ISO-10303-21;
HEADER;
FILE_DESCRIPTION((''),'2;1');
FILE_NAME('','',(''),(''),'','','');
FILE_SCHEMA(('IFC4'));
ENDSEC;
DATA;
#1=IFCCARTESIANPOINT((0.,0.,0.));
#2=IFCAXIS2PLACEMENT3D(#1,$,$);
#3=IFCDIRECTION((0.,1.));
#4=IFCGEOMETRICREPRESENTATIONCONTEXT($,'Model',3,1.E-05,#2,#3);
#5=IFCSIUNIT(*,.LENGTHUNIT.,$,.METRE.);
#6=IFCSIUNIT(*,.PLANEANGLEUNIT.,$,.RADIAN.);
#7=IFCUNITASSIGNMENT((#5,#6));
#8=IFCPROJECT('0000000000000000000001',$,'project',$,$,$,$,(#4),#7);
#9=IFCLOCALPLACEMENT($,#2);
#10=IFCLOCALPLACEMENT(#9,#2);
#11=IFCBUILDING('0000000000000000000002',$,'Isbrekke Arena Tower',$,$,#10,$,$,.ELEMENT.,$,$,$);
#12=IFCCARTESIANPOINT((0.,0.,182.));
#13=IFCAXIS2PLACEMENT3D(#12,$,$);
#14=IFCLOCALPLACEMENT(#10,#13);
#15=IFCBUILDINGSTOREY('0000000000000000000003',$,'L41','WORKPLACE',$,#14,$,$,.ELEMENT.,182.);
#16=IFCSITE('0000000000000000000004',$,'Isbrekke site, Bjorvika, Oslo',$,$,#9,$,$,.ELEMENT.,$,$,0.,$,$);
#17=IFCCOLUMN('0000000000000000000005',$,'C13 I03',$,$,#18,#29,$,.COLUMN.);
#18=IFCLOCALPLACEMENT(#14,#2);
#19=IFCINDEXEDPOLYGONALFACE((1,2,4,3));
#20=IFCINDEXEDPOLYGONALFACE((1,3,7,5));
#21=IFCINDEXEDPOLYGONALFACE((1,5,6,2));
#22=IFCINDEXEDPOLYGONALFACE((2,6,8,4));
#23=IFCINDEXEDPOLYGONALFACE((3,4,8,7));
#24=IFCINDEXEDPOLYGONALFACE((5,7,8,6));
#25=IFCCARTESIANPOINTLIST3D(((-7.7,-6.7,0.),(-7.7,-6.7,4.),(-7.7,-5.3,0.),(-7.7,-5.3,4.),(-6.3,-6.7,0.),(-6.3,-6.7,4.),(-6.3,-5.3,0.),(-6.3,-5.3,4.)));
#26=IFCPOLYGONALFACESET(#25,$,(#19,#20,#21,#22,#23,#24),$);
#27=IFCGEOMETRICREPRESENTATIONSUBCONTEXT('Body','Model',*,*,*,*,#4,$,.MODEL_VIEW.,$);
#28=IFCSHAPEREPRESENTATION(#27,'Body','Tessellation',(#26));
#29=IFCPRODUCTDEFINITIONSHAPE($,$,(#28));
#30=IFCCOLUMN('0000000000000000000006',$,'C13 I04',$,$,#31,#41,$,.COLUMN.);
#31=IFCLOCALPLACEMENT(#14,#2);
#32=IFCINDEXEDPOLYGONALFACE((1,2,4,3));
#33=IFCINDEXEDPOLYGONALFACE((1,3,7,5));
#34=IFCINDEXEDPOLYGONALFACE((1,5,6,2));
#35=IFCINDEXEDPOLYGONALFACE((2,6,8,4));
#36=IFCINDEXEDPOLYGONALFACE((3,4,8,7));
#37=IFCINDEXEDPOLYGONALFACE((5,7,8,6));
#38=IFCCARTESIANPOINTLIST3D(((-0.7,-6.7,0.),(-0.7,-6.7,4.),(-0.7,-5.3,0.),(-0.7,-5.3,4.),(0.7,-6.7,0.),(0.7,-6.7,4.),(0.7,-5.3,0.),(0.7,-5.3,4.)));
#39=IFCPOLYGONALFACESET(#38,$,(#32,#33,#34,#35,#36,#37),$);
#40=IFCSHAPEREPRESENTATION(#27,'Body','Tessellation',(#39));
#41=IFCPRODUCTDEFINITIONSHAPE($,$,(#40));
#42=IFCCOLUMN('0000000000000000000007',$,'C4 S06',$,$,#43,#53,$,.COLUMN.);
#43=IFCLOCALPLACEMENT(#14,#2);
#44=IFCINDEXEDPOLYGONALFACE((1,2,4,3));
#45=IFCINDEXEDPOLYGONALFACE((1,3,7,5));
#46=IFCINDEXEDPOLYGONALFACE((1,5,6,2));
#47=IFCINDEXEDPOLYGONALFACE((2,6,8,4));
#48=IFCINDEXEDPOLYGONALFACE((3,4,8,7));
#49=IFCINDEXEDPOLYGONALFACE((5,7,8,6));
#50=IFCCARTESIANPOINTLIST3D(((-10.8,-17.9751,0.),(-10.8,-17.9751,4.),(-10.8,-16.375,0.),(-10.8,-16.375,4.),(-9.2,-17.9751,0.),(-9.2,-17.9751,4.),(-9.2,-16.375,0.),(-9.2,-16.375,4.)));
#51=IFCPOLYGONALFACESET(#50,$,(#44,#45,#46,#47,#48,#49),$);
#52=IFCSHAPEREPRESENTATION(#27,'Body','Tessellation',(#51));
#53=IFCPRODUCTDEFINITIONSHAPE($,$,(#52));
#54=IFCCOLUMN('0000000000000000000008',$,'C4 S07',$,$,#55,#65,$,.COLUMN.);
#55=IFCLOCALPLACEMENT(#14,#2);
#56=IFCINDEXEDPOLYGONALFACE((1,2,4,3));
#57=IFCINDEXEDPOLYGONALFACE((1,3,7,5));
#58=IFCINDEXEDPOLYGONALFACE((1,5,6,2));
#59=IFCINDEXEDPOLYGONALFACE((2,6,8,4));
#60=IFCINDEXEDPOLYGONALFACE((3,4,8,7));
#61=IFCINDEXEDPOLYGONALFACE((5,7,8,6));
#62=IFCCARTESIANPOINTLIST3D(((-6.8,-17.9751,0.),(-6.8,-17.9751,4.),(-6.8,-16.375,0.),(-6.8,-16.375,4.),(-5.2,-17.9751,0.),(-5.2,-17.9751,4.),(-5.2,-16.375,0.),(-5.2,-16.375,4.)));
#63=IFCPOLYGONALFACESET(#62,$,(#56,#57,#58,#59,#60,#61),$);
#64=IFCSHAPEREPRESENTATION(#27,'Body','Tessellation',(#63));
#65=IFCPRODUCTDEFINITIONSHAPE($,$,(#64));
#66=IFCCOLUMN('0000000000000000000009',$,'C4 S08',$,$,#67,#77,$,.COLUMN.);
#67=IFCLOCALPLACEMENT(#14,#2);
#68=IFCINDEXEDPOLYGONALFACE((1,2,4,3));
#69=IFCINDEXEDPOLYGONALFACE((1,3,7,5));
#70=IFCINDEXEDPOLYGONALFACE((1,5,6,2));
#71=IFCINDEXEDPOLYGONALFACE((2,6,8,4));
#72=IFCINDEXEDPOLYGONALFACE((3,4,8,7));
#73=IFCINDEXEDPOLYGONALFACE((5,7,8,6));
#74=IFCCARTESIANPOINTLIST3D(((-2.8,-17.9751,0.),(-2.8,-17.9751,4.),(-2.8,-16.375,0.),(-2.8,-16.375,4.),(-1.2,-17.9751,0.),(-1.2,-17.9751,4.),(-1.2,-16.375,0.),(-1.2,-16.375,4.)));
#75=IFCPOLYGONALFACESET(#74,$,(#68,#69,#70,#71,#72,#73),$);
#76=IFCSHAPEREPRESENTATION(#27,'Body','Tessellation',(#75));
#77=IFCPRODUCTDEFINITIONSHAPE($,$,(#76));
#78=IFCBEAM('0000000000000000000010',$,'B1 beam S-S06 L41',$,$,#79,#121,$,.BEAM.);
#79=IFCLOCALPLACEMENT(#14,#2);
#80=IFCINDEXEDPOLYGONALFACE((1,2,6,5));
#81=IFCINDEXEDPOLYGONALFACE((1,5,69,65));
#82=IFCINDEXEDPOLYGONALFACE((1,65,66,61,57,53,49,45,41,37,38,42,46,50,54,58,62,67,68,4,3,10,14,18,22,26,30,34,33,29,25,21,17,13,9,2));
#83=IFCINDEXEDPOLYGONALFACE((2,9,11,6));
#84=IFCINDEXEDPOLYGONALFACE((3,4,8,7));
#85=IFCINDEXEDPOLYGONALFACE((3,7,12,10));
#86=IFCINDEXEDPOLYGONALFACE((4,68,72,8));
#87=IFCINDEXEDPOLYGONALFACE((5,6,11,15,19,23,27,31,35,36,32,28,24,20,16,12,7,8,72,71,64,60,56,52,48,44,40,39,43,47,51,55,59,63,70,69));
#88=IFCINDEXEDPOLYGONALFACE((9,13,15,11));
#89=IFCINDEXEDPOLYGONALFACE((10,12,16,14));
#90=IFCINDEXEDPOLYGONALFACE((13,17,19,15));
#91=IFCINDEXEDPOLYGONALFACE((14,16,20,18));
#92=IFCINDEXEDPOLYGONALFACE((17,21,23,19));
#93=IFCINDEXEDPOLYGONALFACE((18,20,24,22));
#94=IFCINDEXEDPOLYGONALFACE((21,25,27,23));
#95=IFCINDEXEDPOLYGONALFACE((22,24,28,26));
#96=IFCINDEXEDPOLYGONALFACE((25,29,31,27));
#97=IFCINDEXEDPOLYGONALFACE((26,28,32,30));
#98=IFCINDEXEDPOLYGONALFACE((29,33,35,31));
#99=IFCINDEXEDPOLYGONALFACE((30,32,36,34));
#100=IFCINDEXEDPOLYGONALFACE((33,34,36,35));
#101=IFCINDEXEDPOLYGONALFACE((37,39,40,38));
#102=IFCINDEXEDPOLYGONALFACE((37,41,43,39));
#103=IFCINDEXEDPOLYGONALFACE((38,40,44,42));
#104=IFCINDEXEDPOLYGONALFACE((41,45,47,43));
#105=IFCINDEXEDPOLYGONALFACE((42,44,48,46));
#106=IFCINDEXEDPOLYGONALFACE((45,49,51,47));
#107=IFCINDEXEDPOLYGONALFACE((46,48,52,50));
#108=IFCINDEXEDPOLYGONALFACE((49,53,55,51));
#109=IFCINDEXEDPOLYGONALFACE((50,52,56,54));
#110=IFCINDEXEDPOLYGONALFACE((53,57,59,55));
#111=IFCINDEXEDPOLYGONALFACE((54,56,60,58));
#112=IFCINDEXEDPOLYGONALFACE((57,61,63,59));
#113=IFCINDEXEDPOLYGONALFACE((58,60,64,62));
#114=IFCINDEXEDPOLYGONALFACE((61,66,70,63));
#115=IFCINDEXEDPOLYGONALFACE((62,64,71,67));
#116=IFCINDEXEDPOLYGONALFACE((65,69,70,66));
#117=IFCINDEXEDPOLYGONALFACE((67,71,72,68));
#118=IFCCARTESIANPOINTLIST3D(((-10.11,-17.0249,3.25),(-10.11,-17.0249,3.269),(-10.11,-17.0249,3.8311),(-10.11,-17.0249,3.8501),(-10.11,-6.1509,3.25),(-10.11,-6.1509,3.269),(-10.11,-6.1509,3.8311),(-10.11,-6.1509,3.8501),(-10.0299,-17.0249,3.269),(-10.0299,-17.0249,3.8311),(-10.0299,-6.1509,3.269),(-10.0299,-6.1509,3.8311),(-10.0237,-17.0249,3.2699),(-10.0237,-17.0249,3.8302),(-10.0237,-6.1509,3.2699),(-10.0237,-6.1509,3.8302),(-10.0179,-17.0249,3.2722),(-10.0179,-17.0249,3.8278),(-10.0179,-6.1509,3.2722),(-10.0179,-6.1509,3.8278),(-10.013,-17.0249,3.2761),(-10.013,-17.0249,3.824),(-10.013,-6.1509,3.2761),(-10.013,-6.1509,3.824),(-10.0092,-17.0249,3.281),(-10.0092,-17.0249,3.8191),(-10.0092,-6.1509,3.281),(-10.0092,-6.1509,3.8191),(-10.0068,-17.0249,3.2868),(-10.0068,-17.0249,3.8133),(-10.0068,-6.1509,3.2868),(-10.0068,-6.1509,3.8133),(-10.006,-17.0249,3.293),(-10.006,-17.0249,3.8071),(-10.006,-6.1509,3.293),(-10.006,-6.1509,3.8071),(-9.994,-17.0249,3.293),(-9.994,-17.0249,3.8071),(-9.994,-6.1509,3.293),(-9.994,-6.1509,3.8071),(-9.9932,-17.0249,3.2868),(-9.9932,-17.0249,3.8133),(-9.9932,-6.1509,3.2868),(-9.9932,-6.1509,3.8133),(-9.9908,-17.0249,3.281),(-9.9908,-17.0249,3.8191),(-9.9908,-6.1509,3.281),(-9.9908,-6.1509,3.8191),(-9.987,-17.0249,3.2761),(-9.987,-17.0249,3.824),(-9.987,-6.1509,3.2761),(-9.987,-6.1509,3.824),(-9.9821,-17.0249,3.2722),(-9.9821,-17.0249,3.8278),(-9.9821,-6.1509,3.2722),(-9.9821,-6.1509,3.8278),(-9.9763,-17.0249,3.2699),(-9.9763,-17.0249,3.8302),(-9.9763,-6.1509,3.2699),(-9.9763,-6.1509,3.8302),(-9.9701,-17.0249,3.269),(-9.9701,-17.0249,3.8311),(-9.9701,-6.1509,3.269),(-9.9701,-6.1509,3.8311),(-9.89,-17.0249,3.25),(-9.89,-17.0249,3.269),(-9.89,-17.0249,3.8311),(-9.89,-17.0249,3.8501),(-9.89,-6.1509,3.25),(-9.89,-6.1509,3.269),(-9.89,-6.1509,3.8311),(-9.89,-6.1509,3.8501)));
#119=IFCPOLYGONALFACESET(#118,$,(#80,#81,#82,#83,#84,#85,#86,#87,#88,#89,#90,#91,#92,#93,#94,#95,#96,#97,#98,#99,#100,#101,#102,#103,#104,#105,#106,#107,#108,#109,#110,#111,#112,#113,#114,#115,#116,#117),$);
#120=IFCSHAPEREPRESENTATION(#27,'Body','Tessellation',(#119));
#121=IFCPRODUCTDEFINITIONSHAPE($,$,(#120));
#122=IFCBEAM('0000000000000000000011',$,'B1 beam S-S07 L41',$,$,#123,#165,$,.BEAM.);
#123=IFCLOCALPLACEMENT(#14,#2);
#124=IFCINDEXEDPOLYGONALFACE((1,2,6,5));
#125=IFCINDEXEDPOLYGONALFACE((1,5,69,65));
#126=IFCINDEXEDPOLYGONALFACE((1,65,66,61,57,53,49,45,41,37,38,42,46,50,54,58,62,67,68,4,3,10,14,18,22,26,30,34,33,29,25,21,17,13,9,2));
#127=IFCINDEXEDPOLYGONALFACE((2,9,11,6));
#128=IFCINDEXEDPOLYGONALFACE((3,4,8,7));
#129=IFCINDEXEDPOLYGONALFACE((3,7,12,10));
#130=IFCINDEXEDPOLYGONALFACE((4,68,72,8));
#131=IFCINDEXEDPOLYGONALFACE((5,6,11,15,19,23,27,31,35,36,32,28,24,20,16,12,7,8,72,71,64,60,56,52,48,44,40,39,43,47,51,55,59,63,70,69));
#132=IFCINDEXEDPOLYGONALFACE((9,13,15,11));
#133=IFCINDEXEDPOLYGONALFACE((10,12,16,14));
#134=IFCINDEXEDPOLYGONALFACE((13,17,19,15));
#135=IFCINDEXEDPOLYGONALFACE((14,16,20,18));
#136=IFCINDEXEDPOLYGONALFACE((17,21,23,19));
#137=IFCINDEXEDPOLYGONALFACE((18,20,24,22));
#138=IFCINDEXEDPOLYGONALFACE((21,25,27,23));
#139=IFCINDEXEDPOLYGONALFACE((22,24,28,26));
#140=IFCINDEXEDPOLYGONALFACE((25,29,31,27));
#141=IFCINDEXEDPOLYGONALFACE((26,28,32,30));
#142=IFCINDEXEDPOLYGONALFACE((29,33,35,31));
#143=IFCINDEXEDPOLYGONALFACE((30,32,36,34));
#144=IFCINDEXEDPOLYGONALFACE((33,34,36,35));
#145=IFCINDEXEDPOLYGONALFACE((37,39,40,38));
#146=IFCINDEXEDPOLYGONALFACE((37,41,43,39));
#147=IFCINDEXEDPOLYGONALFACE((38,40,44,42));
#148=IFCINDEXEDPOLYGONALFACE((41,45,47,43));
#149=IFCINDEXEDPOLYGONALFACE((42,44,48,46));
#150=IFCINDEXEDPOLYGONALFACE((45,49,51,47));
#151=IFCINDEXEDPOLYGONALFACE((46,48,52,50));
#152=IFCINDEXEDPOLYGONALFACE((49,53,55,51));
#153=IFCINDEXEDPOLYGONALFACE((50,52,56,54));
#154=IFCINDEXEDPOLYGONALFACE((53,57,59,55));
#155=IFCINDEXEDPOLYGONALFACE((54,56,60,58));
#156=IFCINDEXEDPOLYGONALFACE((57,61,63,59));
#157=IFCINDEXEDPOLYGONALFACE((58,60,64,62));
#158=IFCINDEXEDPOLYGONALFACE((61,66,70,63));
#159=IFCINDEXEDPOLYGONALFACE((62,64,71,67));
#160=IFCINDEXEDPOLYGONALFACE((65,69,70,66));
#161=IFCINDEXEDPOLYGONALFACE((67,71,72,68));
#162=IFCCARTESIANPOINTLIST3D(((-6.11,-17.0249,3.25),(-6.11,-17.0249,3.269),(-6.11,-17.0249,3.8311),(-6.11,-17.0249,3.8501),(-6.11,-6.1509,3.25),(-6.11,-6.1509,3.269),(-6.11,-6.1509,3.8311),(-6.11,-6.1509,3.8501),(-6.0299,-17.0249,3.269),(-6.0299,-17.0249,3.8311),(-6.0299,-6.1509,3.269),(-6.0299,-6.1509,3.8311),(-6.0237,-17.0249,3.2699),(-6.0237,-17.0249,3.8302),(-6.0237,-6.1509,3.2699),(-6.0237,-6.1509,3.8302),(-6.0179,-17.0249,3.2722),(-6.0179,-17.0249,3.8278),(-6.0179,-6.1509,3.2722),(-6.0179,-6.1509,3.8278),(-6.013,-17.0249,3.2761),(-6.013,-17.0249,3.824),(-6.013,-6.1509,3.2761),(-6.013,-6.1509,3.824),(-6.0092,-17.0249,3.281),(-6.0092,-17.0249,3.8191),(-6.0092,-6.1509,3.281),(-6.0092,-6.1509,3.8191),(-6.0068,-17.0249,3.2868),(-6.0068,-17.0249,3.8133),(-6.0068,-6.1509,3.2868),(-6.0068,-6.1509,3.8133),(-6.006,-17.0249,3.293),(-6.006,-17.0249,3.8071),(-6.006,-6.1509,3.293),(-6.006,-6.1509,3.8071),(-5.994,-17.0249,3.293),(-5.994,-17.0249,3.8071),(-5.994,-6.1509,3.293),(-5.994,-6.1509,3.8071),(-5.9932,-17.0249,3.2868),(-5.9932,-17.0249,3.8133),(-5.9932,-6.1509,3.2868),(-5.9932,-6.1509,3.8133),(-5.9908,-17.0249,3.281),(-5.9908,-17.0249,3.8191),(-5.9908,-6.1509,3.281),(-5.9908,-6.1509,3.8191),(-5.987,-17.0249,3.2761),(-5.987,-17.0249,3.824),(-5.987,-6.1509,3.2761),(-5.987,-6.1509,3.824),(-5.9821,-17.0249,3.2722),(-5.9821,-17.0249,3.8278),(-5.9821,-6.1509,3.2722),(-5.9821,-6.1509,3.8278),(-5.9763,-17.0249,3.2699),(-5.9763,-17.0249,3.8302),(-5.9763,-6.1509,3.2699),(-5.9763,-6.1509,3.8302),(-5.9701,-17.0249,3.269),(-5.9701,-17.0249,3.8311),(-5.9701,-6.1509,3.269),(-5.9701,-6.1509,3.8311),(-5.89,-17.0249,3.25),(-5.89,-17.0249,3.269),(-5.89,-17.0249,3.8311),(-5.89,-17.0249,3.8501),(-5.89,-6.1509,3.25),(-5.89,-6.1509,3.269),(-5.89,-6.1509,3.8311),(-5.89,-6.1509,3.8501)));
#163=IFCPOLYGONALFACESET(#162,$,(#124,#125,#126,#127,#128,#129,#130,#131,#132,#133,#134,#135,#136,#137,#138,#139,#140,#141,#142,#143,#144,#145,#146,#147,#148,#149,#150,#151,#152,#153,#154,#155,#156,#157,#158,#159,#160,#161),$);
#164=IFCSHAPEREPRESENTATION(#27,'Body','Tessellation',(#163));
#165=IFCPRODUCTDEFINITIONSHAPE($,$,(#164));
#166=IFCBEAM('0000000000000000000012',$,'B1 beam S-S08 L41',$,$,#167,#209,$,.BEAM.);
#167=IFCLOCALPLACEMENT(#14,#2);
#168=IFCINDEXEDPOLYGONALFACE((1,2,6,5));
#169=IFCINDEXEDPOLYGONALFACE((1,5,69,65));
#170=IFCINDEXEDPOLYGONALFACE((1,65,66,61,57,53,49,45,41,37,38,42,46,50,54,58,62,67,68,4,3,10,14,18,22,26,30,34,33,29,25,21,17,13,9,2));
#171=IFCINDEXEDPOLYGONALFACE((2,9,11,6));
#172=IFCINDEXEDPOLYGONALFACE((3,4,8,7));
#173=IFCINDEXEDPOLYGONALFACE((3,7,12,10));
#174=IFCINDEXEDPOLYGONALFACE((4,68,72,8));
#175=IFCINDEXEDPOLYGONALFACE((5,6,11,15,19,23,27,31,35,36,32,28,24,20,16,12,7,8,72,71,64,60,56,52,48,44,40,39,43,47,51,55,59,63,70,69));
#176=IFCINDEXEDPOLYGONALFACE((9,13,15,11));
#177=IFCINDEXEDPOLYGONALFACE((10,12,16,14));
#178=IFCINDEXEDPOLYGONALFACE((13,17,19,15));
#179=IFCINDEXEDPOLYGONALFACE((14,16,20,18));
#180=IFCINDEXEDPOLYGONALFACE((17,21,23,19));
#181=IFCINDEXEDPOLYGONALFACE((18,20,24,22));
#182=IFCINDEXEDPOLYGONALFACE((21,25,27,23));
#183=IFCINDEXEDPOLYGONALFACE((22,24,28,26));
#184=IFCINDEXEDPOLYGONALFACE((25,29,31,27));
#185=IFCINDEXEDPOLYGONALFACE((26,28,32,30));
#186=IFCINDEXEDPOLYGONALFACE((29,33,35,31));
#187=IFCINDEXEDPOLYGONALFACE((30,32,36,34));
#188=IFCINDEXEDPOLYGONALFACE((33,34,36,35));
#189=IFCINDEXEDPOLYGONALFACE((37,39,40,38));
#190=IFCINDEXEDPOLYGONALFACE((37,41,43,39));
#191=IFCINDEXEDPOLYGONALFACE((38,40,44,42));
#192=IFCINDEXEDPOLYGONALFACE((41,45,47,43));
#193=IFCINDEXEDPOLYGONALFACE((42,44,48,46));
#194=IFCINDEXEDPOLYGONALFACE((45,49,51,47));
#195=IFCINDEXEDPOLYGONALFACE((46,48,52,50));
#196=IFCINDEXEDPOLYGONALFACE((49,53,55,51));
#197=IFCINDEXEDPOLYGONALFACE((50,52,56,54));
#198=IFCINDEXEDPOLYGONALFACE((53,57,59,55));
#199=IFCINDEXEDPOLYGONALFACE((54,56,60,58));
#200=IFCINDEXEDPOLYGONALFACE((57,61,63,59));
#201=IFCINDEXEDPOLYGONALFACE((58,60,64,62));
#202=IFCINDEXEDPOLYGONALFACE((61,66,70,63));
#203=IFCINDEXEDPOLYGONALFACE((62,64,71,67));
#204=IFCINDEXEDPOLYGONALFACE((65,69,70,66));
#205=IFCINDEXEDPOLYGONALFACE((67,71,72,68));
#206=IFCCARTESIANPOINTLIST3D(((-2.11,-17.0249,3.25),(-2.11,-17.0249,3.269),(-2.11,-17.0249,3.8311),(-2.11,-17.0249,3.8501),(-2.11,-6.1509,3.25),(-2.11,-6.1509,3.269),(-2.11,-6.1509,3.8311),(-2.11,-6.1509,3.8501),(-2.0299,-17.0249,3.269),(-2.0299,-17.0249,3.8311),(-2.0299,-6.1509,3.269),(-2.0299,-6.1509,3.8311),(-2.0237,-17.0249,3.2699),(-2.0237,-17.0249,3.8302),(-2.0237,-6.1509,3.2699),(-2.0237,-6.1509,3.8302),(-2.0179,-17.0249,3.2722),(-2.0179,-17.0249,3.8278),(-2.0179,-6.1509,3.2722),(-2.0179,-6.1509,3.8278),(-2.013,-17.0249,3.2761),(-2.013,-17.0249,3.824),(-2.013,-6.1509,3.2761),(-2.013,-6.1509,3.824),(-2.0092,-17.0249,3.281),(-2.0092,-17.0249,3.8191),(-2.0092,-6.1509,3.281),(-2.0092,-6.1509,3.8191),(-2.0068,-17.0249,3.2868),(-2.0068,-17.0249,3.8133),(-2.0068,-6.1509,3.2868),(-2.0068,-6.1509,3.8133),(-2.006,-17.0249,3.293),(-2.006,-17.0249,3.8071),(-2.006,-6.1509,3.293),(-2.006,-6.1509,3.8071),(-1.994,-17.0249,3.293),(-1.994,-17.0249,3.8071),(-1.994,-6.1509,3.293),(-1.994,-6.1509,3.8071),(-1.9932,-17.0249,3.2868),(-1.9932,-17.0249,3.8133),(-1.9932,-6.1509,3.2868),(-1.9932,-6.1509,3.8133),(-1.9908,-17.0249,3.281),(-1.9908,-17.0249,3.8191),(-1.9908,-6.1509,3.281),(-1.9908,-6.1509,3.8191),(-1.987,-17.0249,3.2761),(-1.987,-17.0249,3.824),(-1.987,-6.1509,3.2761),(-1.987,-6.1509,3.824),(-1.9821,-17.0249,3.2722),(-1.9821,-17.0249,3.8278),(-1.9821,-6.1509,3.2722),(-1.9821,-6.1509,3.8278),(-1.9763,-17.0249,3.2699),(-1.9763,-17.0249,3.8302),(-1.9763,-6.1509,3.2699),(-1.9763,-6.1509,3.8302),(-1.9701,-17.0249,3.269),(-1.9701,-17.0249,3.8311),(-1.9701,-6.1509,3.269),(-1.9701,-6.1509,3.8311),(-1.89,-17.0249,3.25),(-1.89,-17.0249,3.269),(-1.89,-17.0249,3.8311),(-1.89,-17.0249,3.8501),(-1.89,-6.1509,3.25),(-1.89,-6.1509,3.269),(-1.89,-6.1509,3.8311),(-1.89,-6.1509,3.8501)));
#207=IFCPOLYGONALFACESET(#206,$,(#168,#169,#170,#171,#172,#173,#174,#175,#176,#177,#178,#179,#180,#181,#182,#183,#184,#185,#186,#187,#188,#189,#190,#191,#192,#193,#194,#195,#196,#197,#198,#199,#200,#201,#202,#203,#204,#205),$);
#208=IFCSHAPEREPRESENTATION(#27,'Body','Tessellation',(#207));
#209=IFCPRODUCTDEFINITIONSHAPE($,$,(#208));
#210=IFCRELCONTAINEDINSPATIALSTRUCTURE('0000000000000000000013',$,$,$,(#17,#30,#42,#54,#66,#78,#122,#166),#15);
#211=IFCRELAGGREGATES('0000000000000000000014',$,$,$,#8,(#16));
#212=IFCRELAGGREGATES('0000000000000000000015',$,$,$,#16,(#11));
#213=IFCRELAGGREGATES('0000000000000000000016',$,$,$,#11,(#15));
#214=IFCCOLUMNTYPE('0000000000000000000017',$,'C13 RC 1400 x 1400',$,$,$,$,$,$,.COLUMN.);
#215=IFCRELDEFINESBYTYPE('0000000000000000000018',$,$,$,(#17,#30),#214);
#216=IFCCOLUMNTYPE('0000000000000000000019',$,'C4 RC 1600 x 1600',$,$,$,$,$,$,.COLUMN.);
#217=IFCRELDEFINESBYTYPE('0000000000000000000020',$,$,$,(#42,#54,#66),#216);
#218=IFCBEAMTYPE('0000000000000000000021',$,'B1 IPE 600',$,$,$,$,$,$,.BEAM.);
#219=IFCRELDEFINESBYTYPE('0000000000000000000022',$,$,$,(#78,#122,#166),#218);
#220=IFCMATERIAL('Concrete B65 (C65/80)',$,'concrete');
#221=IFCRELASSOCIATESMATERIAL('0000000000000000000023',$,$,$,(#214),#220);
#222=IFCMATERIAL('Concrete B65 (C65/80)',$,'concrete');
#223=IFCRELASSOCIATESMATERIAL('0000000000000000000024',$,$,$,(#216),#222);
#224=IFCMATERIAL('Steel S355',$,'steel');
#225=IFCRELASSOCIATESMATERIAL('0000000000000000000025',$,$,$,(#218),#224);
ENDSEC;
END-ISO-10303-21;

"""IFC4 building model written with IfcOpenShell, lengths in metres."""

from ifc_helpers import new_model, si_unit, direction, frame, origin, origin_2d, place, context, subcontext, project, spatial, rectangle, i_section, extrude, material, material_profile, profile_set, type_object, element, save


model = new_model("IFC4")

# Units and contexts
model_context = context("Model", 3, precision=1e-05, world=origin(), true_north=direction((0.0, 1.0)))
body_context = subcontext(model_context, "Body", "Model", "MODEL_VIEW")
ifc_project = project(units=[si_unit("LENGTHUNIT", "METRE"), si_unit("PLANEANGLEUNIT", "RADIAN")], contexts=[model_context])

# Site, building, storey
site_placement = place(None, origin())
site = spatial("IfcSite", under=ifc_project, at=site_placement, Name="Isbrekke site, Bjorvika, Oslo", CompositionType="ELEMENT", RefElevation=0.0)
building_placement = place(site_placement, origin())
building = spatial("IfcBuilding", under=site, at=building_placement, Name="Isbrekke Arena Tower", CompositionType="ELEMENT")
storey_placement = place(building_placement, frame((0.0, 0.0, 182.0)))
storey = spatial("IfcBuildingStorey", under=building, at=storey_placement, Name="L41", Description="WORKPLACE", CompositionType="ELEMENT", Elevation=182.0)

# Columns
ifc_material_1 = material(Name="Concrete B65 (C65/80)", Category="concrete")
ifc_material_profile_1 = material_profile(ifc_material_1, rectangle(XDim=1.3999, YDim=1.3999, at=origin_2d()), Name="RC 1400x1400")
ifc_profile_set_1 = profile_set([ifc_material_profile_1], Name="Concrete B65 (C65/80)")
column_type_1 = type_object("IfcColumnType", Name="C13 RC 1400 x 1400", PredefinedType="COLUMN", material=ifc_profile_set_1)
for number, where, z_axis, x_axis, name in (
    (1, (-7.0, -6.0, 0.0), (0.0, 0.0, 1.0), (1.0, 0.0, 0.0), "C13 I03"),
    (2, (0.0, -6.0, 0.0), (0.0, 0.0, 1.0), (1.0, 0.0, 0.0), "C13 I04"),
):
    element("IfcColumn", number, at=place(storey_placement, frame(where, z_axis=z_axis, x_axis=x_axis)), inside=storey, type_object=column_type_1, Name=name, PredefinedType="COLUMN", context=body_context, shape_type="SweptSolid", body=[
        extrude(rectangle(XDim=1.3999, YDim=1.3999, at=origin_2d()), origin(), (0.0, 0.0, 1.0), 4.0),
    ])
ifc_material_2 = material(Name="Concrete B65 (C65/80)", Category="concrete")
ifc_material_profile_2 = material_profile(ifc_material_2, rectangle(XDim=1.6001, YDim=1.6001, at=origin_2d()), Name="RC 1600x1600")
ifc_profile_set_2 = profile_set([ifc_material_profile_2], Name="Concrete B65 (C65/80)")
column_type_2 = type_object("IfcColumnType", Name="C4 RC 1600 x 1600", PredefinedType="COLUMN", material=ifc_profile_set_2)
for number, where, z_axis, x_axis, name in (
    (3, (-10.0, -17.175, 0.0), (0.0, 0.0, 1.0), (1.0, 0.0, 0.0), "C4 S06"),
    (4, (-6.0, -17.175, 0.0), (0.0, 0.0, 1.0), (1.0, 0.0, 0.0), "C4 S07"),
    (5, (-2.0, -17.175, 0.0), (0.0, 0.0, 1.0), (1.0, 0.0, 0.0), "C4 S08"),
):
    element("IfcColumn", number, at=place(storey_placement, frame(where, z_axis=z_axis, x_axis=x_axis)), inside=storey, type_object=column_type_2, Name=name, PredefinedType="COLUMN", context=body_context, shape_type="SweptSolid", body=[
        extrude(rectangle(XDim=1.6001, YDim=1.6001, at=origin_2d()), origin(), (0.0, 0.0, 1.0), 4.0),
    ])

# Beams
ifc_material_3 = material(Name="Steel S355", Category="steel")
ifc_material_profile_3 = material_profile(ifc_material_3, i_section(OverallWidth=0.22, OverallDepth=0.6001, WebThickness=0.012, FlangeThickness=0.019, FilletRadius=0.0239, at=origin_2d()), Name="IPE 600")
ifc_profile_set_3 = profile_set([ifc_material_profile_3], Name="Steel S355")
beam_type_1 = type_object("IfcBeamType", Name="B1 IPE 600", PredefinedType="BEAM", material=ifc_profile_set_3)
for number, where, z_axis, x_axis, name in (
    (6, (-10.0, -17.0249, 3.55), (0.0, 1.0, 0.0), (-1.0, 0.0, 0.0), "B1 beam S-S06 L41"),
    (7, (-6.0, -17.0249, 3.55), (0.0, 1.0, 0.0), (-1.0, 0.0, 0.0), "B1 beam S-S07 L41"),
    (8, (-2.0, -17.0249, 3.55), (0.0, 1.0, 0.0), (-1.0, 0.0, 0.0), "B1 beam S-S08 L41"),
):
    element("IfcBeam", number, at=place(storey_placement, frame(where, z_axis=z_axis, x_axis=x_axis)), inside=storey, type_object=beam_type_1, Name=name, PredefinedType="BEAM", context=body_context, shape_type="SweptSolid", body=[
        extrude(i_section(OverallWidth=0.22, OverallDepth=0.6001, WebThickness=0.012, FlangeThickness=0.019, FilletRadius=0.0239, at=origin_2d()), origin(), (0.0, 0.0, 1.0), 10.874),
    ])

save(model, "model.ifc")
